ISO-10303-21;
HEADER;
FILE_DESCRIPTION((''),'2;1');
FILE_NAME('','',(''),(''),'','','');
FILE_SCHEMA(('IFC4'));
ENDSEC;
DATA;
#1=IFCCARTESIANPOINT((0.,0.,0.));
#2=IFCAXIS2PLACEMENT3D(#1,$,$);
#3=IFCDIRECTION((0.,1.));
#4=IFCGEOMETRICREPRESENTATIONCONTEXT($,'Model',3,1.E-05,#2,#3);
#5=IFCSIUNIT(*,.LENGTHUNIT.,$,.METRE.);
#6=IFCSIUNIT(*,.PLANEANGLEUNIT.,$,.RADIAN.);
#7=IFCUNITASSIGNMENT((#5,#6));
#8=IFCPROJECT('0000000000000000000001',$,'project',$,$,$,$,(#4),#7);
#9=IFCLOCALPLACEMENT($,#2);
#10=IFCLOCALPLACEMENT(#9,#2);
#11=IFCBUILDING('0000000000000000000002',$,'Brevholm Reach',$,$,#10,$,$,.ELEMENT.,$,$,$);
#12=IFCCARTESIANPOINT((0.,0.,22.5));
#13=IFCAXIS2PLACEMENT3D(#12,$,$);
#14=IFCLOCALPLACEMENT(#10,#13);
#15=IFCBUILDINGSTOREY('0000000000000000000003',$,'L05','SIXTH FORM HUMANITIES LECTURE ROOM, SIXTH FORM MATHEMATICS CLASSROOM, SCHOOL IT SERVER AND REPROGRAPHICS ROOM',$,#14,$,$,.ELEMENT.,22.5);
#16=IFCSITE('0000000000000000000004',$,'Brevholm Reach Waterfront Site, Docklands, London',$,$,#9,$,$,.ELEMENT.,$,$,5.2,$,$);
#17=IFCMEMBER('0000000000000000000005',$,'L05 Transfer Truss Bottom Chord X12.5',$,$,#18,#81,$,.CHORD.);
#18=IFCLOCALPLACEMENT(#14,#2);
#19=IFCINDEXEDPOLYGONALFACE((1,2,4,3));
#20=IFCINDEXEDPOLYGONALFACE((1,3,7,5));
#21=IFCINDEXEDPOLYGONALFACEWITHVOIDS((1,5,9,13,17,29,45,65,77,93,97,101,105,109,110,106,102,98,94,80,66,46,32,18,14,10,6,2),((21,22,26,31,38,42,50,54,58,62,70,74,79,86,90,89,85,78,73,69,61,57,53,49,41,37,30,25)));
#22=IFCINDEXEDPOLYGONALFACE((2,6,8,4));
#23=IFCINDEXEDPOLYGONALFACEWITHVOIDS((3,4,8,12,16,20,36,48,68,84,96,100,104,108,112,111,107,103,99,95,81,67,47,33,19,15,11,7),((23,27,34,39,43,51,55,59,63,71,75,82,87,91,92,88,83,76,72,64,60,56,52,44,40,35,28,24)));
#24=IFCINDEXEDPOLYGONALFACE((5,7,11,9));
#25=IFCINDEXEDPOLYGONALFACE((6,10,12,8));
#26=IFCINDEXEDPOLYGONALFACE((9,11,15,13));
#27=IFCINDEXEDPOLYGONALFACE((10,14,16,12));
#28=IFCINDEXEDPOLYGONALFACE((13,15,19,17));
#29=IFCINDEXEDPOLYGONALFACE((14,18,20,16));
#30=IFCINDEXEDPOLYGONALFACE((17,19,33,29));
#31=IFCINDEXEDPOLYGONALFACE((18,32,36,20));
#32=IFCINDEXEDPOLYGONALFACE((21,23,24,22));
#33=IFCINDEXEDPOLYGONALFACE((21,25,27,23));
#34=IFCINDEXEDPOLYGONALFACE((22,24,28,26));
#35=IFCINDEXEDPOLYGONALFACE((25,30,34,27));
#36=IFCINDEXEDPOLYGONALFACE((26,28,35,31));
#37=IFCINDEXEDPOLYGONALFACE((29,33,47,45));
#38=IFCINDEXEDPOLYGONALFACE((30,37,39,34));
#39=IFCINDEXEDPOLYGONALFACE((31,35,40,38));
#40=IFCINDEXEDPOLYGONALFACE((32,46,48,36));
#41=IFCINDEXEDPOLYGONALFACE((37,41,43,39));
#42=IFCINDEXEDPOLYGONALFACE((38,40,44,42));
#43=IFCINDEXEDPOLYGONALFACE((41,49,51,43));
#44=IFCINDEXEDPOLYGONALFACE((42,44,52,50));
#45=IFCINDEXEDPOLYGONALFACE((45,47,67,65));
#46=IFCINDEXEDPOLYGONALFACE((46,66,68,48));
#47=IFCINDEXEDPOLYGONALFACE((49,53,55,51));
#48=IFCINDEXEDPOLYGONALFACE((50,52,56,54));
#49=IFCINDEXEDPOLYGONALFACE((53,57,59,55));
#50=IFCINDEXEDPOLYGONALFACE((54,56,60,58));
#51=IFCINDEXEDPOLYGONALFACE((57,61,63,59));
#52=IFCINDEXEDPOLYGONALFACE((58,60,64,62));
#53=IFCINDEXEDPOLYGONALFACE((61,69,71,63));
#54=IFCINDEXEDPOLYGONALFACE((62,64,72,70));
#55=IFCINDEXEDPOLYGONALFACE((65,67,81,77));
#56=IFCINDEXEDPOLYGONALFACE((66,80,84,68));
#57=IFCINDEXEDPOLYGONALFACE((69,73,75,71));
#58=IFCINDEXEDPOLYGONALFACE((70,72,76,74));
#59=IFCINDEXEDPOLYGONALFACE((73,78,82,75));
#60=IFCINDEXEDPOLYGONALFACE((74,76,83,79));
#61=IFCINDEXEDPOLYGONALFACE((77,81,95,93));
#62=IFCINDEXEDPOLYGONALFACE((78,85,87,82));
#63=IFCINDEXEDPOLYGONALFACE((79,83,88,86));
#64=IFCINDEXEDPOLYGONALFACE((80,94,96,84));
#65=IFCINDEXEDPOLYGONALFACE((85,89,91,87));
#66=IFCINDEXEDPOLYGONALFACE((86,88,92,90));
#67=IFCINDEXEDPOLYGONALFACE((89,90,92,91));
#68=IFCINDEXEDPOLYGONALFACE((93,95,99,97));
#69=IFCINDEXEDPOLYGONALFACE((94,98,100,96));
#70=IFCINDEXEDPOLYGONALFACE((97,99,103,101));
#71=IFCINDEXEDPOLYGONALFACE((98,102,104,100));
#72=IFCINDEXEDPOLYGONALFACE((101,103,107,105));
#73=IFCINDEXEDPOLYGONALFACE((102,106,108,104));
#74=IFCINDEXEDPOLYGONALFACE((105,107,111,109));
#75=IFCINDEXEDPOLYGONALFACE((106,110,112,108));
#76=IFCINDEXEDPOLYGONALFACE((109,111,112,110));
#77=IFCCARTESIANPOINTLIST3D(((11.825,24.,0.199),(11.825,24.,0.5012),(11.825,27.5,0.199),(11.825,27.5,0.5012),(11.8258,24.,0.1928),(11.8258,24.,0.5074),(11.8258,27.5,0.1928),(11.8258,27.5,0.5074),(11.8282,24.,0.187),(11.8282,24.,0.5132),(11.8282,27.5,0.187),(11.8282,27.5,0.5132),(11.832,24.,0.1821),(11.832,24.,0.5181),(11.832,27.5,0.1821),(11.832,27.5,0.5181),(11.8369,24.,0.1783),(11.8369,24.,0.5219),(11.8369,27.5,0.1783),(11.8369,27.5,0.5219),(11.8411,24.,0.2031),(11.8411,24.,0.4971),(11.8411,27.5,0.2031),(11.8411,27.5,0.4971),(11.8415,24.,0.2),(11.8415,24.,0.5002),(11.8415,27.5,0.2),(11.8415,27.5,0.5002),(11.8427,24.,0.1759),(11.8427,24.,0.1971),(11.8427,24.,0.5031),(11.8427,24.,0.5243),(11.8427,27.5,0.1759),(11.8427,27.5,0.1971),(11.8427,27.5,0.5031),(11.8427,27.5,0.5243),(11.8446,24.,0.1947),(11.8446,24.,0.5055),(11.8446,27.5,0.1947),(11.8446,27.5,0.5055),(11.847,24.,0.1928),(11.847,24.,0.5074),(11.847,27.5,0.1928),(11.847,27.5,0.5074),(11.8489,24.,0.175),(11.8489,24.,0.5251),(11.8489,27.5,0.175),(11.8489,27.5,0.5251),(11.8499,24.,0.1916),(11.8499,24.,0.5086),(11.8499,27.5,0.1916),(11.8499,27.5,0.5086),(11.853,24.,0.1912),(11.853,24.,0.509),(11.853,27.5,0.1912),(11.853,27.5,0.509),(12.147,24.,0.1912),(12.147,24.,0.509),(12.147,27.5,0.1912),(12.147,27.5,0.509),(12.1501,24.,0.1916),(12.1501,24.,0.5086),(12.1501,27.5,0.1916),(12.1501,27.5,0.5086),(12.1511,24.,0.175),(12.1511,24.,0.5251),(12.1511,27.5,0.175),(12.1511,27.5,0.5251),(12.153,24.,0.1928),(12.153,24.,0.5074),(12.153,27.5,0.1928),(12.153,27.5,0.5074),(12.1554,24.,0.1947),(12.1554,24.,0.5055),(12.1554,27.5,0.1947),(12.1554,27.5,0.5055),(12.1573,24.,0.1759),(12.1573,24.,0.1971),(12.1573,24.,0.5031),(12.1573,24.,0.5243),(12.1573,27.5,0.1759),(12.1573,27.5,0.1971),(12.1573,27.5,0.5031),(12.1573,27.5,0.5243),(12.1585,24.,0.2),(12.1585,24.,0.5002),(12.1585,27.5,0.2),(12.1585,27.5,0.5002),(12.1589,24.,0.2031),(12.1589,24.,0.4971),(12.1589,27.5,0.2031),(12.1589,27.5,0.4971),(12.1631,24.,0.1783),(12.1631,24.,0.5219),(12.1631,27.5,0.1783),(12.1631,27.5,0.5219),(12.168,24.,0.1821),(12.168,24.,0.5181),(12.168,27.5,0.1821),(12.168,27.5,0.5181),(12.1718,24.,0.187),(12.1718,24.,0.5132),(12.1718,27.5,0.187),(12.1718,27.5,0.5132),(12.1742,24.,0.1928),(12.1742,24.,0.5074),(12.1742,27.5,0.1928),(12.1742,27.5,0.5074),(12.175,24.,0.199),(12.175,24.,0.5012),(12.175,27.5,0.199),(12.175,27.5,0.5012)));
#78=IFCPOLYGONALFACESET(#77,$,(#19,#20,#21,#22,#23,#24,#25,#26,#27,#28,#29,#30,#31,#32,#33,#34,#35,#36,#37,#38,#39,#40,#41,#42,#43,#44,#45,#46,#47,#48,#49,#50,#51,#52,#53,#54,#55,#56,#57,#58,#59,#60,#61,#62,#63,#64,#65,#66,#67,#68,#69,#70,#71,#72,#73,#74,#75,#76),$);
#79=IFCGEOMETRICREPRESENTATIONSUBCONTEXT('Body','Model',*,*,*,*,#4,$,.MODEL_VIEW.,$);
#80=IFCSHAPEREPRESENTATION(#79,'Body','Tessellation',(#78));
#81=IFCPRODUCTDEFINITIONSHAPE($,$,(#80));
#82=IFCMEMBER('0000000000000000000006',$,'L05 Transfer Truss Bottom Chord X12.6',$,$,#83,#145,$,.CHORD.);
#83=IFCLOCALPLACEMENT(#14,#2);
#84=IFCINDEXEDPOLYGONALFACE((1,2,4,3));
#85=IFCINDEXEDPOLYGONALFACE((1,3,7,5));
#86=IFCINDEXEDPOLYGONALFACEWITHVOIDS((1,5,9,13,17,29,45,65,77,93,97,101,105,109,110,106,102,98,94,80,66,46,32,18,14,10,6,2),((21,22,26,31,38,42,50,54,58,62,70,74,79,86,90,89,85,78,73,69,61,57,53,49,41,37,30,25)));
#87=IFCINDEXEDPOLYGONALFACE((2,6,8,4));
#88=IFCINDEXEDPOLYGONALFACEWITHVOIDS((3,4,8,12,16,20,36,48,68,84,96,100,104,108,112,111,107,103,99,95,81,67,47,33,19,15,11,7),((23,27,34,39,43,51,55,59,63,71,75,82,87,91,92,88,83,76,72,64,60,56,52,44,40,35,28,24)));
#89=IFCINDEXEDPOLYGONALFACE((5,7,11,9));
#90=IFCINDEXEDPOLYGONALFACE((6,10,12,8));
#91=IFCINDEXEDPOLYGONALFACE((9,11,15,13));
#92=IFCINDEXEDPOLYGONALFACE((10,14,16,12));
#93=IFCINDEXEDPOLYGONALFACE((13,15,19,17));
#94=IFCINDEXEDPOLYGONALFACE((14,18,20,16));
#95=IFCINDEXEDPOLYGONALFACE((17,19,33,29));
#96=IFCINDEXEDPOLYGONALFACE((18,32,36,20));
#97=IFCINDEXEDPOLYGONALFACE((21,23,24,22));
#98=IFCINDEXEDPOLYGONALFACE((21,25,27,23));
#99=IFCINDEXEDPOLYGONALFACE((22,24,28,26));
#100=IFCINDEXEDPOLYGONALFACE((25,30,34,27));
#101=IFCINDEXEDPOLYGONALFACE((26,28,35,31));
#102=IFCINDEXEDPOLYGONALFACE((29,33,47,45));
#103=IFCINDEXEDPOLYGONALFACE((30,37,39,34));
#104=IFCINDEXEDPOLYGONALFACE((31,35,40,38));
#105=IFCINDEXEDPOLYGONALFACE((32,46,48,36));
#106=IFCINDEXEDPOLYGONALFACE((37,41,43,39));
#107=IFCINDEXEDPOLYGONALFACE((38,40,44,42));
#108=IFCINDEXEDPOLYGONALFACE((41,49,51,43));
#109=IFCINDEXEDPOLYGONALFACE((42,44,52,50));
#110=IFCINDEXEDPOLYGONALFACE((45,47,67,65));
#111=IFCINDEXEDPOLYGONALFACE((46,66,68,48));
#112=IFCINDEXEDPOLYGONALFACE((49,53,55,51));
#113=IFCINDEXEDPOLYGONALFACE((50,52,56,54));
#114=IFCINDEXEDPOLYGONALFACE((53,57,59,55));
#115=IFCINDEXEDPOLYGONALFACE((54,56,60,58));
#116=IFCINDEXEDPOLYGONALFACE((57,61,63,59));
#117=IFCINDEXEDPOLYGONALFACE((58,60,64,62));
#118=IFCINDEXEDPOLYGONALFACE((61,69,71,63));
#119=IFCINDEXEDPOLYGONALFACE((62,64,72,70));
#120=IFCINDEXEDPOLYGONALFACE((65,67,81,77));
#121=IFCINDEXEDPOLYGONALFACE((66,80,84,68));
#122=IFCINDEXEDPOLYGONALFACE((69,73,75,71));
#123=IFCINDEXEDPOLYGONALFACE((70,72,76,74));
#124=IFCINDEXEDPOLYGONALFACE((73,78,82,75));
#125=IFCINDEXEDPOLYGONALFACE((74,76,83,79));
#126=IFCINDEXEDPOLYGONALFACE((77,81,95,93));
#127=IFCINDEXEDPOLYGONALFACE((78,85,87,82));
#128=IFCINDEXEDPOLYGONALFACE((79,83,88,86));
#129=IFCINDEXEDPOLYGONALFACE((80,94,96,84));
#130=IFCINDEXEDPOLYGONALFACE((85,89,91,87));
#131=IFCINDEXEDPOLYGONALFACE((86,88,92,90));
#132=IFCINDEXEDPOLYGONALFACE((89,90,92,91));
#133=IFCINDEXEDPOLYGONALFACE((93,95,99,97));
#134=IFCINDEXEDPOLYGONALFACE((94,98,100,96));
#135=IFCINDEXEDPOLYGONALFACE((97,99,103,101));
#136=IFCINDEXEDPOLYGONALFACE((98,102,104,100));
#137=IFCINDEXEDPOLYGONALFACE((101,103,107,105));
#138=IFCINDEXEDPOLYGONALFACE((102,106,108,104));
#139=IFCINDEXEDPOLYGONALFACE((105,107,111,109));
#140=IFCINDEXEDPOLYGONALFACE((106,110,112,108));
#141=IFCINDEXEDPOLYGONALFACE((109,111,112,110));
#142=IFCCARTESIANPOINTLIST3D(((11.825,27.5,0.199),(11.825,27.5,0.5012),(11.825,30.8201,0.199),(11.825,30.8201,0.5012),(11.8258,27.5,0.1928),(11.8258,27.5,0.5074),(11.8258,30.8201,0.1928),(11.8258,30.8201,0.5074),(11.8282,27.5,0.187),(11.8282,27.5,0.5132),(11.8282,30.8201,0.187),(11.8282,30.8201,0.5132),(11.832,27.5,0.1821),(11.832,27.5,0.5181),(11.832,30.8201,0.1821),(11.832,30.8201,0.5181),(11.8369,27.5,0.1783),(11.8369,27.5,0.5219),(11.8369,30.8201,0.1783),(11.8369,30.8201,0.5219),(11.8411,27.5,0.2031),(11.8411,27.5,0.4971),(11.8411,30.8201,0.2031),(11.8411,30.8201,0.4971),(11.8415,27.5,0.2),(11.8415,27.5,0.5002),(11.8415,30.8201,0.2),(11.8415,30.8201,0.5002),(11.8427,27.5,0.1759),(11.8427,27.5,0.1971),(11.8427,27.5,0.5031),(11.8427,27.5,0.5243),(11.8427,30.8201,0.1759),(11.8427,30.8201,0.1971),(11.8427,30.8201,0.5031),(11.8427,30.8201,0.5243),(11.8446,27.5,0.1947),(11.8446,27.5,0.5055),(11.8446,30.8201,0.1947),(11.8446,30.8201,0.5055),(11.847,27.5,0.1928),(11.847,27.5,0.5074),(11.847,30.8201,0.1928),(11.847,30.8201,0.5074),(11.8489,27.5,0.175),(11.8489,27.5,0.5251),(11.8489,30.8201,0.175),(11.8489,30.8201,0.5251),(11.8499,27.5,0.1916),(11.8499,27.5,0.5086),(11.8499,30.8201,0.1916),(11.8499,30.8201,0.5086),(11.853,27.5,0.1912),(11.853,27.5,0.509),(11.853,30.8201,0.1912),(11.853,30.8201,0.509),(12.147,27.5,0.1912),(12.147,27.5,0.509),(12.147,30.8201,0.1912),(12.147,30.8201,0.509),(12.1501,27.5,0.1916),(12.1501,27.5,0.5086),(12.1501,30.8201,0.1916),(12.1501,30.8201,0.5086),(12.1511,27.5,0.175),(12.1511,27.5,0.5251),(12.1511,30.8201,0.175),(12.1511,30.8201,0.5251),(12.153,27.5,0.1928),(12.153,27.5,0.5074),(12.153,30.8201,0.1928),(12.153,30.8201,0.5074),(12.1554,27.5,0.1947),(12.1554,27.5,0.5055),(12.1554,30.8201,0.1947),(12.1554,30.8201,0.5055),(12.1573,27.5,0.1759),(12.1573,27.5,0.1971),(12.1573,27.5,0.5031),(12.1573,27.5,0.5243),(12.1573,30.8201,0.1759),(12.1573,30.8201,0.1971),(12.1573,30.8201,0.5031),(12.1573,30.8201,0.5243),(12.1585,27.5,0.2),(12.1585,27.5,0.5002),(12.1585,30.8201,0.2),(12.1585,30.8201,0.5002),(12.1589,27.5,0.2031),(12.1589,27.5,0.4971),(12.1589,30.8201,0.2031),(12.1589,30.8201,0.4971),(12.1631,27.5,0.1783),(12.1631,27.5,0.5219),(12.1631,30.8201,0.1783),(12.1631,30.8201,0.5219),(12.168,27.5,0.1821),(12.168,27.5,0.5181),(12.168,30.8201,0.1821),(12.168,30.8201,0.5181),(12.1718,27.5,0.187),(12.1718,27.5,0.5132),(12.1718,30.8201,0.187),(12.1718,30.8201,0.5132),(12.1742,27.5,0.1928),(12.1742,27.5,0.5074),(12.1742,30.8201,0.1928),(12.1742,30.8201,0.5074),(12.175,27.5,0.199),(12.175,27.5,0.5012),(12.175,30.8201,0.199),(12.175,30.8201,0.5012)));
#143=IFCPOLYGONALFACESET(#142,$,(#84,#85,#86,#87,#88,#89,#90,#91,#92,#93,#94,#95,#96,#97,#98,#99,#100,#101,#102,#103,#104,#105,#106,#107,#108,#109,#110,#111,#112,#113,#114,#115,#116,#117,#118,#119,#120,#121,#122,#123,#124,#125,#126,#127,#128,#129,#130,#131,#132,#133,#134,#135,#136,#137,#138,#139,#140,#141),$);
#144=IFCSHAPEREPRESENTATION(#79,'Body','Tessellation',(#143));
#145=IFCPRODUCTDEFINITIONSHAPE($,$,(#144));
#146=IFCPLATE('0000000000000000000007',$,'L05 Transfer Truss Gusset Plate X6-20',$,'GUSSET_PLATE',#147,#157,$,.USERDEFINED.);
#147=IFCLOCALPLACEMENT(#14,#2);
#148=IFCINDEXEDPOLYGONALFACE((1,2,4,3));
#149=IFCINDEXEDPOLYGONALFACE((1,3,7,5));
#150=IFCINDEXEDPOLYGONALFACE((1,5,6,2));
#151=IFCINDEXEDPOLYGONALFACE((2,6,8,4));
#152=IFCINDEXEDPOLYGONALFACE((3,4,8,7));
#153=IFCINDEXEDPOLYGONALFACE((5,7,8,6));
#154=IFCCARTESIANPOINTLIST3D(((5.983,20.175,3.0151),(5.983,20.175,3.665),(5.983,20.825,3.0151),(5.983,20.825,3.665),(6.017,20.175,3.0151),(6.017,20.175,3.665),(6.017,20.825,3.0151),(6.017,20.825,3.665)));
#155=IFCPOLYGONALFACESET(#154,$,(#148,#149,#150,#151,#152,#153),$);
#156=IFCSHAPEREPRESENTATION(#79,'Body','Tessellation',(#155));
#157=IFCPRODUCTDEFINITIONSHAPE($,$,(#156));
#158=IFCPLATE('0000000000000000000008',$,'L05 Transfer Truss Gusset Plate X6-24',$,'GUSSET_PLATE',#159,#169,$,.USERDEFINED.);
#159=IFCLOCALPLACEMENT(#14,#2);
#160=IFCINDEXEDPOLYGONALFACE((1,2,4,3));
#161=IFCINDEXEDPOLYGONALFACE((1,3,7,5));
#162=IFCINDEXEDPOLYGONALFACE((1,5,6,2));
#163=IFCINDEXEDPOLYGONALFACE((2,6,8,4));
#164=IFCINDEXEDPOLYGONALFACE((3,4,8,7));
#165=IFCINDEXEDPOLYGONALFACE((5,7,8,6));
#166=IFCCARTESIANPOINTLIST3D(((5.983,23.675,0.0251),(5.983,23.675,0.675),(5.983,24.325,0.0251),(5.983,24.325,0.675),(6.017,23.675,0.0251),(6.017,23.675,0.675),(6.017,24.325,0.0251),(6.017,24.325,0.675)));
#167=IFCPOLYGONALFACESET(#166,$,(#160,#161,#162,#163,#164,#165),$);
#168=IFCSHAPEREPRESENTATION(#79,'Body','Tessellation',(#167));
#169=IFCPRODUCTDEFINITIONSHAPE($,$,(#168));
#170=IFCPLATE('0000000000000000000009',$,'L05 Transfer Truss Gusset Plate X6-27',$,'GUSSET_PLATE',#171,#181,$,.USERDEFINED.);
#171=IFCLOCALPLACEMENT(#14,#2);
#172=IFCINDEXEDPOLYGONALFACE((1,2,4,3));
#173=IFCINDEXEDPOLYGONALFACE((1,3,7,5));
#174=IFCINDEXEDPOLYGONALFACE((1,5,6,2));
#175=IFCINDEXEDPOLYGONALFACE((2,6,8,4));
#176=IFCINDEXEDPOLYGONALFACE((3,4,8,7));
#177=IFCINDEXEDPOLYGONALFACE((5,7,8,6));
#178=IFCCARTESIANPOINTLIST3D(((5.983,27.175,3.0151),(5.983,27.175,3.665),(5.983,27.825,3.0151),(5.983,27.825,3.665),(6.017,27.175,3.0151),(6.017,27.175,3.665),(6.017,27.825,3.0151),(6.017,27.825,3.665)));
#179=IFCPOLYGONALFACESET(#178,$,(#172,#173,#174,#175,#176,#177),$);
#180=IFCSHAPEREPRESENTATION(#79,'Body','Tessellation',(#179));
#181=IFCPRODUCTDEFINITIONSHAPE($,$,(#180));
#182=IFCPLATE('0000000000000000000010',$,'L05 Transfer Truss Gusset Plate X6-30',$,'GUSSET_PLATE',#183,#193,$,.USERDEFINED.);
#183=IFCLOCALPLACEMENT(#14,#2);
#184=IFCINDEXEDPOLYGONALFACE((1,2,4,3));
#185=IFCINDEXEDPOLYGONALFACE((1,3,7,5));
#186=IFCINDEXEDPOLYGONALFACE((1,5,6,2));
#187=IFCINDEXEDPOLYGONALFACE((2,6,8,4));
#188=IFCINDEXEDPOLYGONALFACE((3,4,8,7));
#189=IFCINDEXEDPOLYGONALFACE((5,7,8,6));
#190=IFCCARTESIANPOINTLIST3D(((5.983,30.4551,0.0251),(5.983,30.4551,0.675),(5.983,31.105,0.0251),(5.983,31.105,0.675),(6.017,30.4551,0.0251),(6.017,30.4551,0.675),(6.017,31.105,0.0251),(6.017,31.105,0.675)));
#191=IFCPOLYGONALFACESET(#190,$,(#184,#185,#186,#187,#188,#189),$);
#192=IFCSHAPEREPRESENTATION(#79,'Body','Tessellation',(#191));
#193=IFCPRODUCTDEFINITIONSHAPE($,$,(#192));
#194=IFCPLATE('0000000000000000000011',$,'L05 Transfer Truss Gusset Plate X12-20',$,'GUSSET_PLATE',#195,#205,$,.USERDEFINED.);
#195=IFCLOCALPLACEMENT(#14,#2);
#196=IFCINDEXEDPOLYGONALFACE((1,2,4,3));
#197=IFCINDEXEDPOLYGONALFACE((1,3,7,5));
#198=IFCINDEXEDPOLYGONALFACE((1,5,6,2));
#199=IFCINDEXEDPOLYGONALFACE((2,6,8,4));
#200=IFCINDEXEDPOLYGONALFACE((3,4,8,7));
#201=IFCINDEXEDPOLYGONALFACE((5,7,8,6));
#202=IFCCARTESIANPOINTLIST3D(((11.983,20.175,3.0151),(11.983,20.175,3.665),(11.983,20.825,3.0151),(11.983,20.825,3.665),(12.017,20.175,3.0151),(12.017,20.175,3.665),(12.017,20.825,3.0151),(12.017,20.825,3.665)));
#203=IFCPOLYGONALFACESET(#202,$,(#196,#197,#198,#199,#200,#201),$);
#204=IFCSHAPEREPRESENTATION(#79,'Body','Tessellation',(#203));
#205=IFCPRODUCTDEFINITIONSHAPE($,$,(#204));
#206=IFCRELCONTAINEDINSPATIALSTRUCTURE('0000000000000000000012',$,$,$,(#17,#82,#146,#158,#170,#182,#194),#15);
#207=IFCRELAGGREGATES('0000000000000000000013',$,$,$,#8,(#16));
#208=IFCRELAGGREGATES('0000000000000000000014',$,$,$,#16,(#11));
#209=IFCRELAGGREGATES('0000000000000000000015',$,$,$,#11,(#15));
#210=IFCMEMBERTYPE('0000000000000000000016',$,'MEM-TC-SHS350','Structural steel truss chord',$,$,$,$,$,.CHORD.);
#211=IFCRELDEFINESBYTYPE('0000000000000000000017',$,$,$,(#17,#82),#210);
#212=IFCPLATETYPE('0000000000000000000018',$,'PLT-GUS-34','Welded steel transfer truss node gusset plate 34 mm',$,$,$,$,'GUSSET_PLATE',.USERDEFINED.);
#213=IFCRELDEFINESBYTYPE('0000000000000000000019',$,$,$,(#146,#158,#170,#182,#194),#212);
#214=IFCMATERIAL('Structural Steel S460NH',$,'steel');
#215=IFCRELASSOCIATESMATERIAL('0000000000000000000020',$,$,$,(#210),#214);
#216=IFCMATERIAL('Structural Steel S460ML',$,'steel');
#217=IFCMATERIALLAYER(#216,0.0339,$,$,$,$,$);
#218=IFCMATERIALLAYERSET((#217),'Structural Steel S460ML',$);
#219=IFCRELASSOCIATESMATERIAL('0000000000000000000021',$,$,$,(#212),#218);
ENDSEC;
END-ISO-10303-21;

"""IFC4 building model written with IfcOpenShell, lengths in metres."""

from ifc_helpers import new_model, si_unit, direction, frame, origin, origin_2d, place, context, subcontext, project, spatial, rectangle, hollow_rectangle, extrude, material, layer, layer_set, material_profile, profile_set, type_object, element, save


model = new_model("IFC4")

# Units and contexts
model_context = context("Model", 3, precision=1e-05, world=origin(), true_north=direction((0.0, 1.0)))
body_context = subcontext(model_context, "Body", "Model", "MODEL_VIEW")
ifc_project = project(units=[si_unit("LENGTHUNIT", "METRE"), si_unit("PLANEANGLEUNIT", "RADIAN")], contexts=[model_context])

# Site, building, storey
site_placement = place(None, origin())
site = spatial("IfcSite", under=ifc_project, at=site_placement, Name="Brevholm Reach Waterfront Site, Docklands, London", CompositionType="ELEMENT", RefElevation=5.2)
building_placement = place(site_placement, origin())
building = spatial("IfcBuilding", under=site, at=building_placement, Name="Brevholm Reach", CompositionType="ELEMENT")
storey_placement = place(building_placement, frame((0.0, 0.0, 22.5)))
storey = spatial("IfcBuildingStorey", under=building, at=storey_placement, Name="L05", Description="SIXTH FORM HUMANITIES LECTURE ROOM, SIXTH FORM MATHEMATICS CLASSROOM, SCHOOL IT SERVER AND REPROGRAPHICS ROOM", CompositionType="ELEMENT", Elevation=22.5)

# Members
ifc_material_1 = material(Name="Structural Steel S460NH", Category="steel")
ifc_material_profile_1 = material_profile(ifc_material_1, hollow_rectangle(XDim=0.3501, YDim=0.3501, WallThickness=0.0161, InnerFilletRadius=0.012, OuterFilletRadius=0.0239, at=origin_2d()), Name="SHS 350x350x16")
ifc_profile_set_1 = profile_set([ifc_material_profile_1], Name="Structural Steel S460NH")
member_type_1 = type_object("IfcMemberType", Name="MEM-TC-SHS350", Description="Structural steel truss chord", PredefinedType="CHORD", material=ifc_profile_set_1)
for number, where, z_axis, x_axis, name in (
    (1, (12.0, 24.0, 0.3501), (0.0, 1.0, 0.0), (-1.0, 0.0, 0.0), "L05 Transfer Truss Bottom Chord X12.5"),
):
    element("IfcMember", number, at=place(storey_placement, frame(where, z_axis=z_axis, x_axis=x_axis)), inside=storey, type_object=member_type_1, Name=name, PredefinedType="CHORD", context=body_context, shape_type="SweptSolid", body=[
        extrude(hollow_rectangle(XDim=0.3501, YDim=0.3501, WallThickness=0.0161, InnerFilletRadius=0.012, OuterFilletRadius=0.0239, at=origin_2d()), origin(), (0.0, 0.0, 1.0), 3.5),
    ])
member_1_placement = place(storey_placement, frame((12.0, 27.5, 0.3501), z_axis=(0.0, 1.0, 0.0), x_axis=(-1.0, 0.0, 0.0)))
element("IfcMember", 2, at=member_1_placement, inside=storey, type_object=member_type_1, Name="L05 Transfer Truss Bottom Chord X12.6", PredefinedType="CHORD", context=body_context, shape_type="SweptSolid", body=[
    extrude(hollow_rectangle(XDim=0.3501, YDim=0.3501, WallThickness=0.0161, InnerFilletRadius=0.012, OuterFilletRadius=0.0239, at=origin_2d()), origin(), (0.0, 0.0, 1.0), 3.3201),
])

# Plates
ifc_material_2 = material(Name="Structural Steel S460ML", Category="steel")
ifc_layer = layer(ifc_material_2, 0.0339)
ifc_layer_set = layer_set([ifc_layer], Name="Structural Steel S460ML")
plate_type = type_object("IfcPlateType", Name="PLT-GUS-34", Description="Welded steel transfer truss node gusset plate 34 mm", ElementType="GUSSET_PLATE", PredefinedType="USERDEFINED", material=ifc_layer_set)
for number, where, z_axis, x_axis, name in (
    (3, (6.0, 20.5, 3.0151), (0.0, 0.0, 1.0), (1.0, 0.0, 0.0), "L05 Transfer Truss Gusset Plate X6-20"),
    (4, (6.0, 24.0, 0.0251), (0.0, 0.0, 1.0), (1.0, 0.0, 0.0), "L05 Transfer Truss Gusset Plate X6-24"),
    (5, (6.0, 27.5, 3.0151), (0.0, 0.0, 1.0), (1.0, 0.0, 0.0), "L05 Transfer Truss Gusset Plate X6-27"),
    (6, (6.0, 30.78, 0.0251), (0.0, 0.0, 1.0), (1.0, 0.0, 0.0), "L05 Transfer Truss Gusset Plate X6-30"),
    (7, (12.0, 20.5, 3.0151), (0.0, 0.0, 1.0), (1.0, 0.0, 0.0), "L05 Transfer Truss Gusset Plate X12-20"),
):
    element("IfcPlate", number, at=place(storey_placement, frame(where, z_axis=z_axis, x_axis=x_axis)), inside=storey, type_object=plate_type, Name=name, ObjectType="GUSSET_PLATE", PredefinedType="USERDEFINED", context=body_context, shape_type="SweptSolid", body=[
        extrude(rectangle(XDim=0.0339, YDim=0.6499, at=origin_2d()), origin(), (0.0, 0.0, 1.0), 0.6499),
    ])

save(model, "model.ifc")
